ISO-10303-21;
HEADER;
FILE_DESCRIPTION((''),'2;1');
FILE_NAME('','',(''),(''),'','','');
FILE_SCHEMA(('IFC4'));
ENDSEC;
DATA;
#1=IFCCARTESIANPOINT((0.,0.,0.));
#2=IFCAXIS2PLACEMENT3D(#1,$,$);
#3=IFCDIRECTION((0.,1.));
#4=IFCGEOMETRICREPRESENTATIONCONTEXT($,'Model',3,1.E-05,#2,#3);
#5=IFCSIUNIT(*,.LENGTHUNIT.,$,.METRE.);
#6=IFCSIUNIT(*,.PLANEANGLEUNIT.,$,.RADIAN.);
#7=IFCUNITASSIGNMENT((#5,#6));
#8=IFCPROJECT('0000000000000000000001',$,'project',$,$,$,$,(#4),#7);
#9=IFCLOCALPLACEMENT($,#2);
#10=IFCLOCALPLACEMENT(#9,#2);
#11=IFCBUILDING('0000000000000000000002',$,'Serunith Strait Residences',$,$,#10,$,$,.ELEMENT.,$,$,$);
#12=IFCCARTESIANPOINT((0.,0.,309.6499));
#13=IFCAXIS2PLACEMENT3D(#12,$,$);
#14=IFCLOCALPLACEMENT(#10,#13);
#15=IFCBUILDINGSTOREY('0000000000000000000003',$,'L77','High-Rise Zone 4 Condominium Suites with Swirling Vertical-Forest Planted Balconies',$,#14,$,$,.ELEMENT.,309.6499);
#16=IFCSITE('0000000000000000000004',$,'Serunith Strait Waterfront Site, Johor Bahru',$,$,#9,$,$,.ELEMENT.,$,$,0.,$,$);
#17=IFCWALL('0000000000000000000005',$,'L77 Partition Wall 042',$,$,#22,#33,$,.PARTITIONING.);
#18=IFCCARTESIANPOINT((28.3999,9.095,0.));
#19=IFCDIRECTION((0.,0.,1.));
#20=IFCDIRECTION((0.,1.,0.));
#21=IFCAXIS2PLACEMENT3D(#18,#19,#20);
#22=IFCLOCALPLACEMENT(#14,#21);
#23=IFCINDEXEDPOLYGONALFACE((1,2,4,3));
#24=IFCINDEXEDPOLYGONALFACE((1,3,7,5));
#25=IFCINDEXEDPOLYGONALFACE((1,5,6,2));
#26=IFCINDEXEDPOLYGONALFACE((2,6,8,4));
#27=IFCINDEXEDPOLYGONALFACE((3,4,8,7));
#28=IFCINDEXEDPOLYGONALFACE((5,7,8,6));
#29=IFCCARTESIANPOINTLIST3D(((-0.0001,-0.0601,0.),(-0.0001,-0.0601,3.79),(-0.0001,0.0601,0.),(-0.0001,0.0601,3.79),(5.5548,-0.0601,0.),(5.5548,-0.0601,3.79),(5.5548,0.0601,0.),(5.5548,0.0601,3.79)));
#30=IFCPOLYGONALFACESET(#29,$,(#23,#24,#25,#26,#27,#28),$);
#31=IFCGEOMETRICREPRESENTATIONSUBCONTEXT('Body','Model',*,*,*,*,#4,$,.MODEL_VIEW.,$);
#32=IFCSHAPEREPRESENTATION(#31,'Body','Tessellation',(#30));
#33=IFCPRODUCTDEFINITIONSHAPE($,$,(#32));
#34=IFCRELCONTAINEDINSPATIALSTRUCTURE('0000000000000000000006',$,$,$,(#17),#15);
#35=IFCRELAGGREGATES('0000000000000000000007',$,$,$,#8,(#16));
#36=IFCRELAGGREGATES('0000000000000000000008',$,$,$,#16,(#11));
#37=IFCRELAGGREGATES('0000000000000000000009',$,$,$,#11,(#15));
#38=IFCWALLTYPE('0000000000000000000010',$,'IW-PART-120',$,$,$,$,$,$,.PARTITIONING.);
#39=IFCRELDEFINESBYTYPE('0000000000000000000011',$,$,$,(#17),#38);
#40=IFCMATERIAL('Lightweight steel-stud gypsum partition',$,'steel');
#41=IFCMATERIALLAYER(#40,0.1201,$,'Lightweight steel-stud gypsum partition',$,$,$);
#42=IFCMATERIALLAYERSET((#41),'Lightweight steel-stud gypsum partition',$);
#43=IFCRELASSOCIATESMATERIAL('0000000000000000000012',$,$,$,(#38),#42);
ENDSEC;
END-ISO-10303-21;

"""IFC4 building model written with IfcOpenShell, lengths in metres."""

from ifc_helpers import new_model, si_unit, direction, frame, frame_2d, origin, place, context, subcontext, project, spatial, rectangle, extrude, material, layer, layer_set, type_object, element, save


model = new_model("IFC4")

# Units and contexts
model_context = context("Model", 3, precision=1e-05, world=origin(), true_north=direction((0.0, 1.0)))
body_context = subcontext(model_context, "Body", "Model", "MODEL_VIEW")
ifc_project = project(units=[si_unit("LENGTHUNIT", "METRE"), si_unit("PLANEANGLEUNIT", "RADIAN")], contexts=[model_context])

# Site, building, storey
site_placement = place(None, origin())
site = spatial("IfcSite", under=ifc_project, at=site_placement, Name="Serunith Strait Waterfront Site, Johor Bahru", CompositionType="ELEMENT", RefElevation=0.0)
building_placement = place(site_placement, origin())
building = spatial("IfcBuilding", under=site, at=building_placement, Name="Serunith Strait Residences", CompositionType="ELEMENT")
storey_placement = place(building_placement, frame((0.0, 0.0, 309.6499)))
storey = spatial("IfcBuildingStorey", under=building, at=storey_placement, Name="L77", Description="High-Rise Zone 4 Condominium Suites with Swirling Vertical-Forest Planted Balconies", CompositionType="ELEMENT", Elevation=309.6499)

# Shared definitions
ifc_material_1 = material(Name="Lightweight steel-stud gypsum partition", Category="steel")
ifc_layer_1 = layer(ifc_material_1, 0.1201, Name="Lightweight steel-stud gypsum partition")
ifc_layer_set_1 = layer_set([ifc_layer_1], Name="Lightweight steel-stud gypsum partition")
wall_type = type_object("IfcWallType", Name="IW-PART-120", PredefinedType="PARTITIONING", material=ifc_layer_set_1)

# Wall
wall_1_placement = place(storey_placement, frame((28.3999, 9.095, 0.0), z_axis=(0.0, 0.0, 1.0), x_axis=(0.0, 1.0, 0.0)))
element("IfcWall", 1, at=wall_1_placement, inside=storey, type_object=wall_type, Name="L77 Partition Wall 042", PredefinedType="PARTITIONING", context=body_context, shape_type="SweptSolid", body=[
    extrude(rectangle(XDim=5.5549, YDim=0.1201, at=frame_2d((2.7773, 0.0))), origin(), (0.0, 0.0, 1.0), 3.79),
])

save(model, "model.ifc")
